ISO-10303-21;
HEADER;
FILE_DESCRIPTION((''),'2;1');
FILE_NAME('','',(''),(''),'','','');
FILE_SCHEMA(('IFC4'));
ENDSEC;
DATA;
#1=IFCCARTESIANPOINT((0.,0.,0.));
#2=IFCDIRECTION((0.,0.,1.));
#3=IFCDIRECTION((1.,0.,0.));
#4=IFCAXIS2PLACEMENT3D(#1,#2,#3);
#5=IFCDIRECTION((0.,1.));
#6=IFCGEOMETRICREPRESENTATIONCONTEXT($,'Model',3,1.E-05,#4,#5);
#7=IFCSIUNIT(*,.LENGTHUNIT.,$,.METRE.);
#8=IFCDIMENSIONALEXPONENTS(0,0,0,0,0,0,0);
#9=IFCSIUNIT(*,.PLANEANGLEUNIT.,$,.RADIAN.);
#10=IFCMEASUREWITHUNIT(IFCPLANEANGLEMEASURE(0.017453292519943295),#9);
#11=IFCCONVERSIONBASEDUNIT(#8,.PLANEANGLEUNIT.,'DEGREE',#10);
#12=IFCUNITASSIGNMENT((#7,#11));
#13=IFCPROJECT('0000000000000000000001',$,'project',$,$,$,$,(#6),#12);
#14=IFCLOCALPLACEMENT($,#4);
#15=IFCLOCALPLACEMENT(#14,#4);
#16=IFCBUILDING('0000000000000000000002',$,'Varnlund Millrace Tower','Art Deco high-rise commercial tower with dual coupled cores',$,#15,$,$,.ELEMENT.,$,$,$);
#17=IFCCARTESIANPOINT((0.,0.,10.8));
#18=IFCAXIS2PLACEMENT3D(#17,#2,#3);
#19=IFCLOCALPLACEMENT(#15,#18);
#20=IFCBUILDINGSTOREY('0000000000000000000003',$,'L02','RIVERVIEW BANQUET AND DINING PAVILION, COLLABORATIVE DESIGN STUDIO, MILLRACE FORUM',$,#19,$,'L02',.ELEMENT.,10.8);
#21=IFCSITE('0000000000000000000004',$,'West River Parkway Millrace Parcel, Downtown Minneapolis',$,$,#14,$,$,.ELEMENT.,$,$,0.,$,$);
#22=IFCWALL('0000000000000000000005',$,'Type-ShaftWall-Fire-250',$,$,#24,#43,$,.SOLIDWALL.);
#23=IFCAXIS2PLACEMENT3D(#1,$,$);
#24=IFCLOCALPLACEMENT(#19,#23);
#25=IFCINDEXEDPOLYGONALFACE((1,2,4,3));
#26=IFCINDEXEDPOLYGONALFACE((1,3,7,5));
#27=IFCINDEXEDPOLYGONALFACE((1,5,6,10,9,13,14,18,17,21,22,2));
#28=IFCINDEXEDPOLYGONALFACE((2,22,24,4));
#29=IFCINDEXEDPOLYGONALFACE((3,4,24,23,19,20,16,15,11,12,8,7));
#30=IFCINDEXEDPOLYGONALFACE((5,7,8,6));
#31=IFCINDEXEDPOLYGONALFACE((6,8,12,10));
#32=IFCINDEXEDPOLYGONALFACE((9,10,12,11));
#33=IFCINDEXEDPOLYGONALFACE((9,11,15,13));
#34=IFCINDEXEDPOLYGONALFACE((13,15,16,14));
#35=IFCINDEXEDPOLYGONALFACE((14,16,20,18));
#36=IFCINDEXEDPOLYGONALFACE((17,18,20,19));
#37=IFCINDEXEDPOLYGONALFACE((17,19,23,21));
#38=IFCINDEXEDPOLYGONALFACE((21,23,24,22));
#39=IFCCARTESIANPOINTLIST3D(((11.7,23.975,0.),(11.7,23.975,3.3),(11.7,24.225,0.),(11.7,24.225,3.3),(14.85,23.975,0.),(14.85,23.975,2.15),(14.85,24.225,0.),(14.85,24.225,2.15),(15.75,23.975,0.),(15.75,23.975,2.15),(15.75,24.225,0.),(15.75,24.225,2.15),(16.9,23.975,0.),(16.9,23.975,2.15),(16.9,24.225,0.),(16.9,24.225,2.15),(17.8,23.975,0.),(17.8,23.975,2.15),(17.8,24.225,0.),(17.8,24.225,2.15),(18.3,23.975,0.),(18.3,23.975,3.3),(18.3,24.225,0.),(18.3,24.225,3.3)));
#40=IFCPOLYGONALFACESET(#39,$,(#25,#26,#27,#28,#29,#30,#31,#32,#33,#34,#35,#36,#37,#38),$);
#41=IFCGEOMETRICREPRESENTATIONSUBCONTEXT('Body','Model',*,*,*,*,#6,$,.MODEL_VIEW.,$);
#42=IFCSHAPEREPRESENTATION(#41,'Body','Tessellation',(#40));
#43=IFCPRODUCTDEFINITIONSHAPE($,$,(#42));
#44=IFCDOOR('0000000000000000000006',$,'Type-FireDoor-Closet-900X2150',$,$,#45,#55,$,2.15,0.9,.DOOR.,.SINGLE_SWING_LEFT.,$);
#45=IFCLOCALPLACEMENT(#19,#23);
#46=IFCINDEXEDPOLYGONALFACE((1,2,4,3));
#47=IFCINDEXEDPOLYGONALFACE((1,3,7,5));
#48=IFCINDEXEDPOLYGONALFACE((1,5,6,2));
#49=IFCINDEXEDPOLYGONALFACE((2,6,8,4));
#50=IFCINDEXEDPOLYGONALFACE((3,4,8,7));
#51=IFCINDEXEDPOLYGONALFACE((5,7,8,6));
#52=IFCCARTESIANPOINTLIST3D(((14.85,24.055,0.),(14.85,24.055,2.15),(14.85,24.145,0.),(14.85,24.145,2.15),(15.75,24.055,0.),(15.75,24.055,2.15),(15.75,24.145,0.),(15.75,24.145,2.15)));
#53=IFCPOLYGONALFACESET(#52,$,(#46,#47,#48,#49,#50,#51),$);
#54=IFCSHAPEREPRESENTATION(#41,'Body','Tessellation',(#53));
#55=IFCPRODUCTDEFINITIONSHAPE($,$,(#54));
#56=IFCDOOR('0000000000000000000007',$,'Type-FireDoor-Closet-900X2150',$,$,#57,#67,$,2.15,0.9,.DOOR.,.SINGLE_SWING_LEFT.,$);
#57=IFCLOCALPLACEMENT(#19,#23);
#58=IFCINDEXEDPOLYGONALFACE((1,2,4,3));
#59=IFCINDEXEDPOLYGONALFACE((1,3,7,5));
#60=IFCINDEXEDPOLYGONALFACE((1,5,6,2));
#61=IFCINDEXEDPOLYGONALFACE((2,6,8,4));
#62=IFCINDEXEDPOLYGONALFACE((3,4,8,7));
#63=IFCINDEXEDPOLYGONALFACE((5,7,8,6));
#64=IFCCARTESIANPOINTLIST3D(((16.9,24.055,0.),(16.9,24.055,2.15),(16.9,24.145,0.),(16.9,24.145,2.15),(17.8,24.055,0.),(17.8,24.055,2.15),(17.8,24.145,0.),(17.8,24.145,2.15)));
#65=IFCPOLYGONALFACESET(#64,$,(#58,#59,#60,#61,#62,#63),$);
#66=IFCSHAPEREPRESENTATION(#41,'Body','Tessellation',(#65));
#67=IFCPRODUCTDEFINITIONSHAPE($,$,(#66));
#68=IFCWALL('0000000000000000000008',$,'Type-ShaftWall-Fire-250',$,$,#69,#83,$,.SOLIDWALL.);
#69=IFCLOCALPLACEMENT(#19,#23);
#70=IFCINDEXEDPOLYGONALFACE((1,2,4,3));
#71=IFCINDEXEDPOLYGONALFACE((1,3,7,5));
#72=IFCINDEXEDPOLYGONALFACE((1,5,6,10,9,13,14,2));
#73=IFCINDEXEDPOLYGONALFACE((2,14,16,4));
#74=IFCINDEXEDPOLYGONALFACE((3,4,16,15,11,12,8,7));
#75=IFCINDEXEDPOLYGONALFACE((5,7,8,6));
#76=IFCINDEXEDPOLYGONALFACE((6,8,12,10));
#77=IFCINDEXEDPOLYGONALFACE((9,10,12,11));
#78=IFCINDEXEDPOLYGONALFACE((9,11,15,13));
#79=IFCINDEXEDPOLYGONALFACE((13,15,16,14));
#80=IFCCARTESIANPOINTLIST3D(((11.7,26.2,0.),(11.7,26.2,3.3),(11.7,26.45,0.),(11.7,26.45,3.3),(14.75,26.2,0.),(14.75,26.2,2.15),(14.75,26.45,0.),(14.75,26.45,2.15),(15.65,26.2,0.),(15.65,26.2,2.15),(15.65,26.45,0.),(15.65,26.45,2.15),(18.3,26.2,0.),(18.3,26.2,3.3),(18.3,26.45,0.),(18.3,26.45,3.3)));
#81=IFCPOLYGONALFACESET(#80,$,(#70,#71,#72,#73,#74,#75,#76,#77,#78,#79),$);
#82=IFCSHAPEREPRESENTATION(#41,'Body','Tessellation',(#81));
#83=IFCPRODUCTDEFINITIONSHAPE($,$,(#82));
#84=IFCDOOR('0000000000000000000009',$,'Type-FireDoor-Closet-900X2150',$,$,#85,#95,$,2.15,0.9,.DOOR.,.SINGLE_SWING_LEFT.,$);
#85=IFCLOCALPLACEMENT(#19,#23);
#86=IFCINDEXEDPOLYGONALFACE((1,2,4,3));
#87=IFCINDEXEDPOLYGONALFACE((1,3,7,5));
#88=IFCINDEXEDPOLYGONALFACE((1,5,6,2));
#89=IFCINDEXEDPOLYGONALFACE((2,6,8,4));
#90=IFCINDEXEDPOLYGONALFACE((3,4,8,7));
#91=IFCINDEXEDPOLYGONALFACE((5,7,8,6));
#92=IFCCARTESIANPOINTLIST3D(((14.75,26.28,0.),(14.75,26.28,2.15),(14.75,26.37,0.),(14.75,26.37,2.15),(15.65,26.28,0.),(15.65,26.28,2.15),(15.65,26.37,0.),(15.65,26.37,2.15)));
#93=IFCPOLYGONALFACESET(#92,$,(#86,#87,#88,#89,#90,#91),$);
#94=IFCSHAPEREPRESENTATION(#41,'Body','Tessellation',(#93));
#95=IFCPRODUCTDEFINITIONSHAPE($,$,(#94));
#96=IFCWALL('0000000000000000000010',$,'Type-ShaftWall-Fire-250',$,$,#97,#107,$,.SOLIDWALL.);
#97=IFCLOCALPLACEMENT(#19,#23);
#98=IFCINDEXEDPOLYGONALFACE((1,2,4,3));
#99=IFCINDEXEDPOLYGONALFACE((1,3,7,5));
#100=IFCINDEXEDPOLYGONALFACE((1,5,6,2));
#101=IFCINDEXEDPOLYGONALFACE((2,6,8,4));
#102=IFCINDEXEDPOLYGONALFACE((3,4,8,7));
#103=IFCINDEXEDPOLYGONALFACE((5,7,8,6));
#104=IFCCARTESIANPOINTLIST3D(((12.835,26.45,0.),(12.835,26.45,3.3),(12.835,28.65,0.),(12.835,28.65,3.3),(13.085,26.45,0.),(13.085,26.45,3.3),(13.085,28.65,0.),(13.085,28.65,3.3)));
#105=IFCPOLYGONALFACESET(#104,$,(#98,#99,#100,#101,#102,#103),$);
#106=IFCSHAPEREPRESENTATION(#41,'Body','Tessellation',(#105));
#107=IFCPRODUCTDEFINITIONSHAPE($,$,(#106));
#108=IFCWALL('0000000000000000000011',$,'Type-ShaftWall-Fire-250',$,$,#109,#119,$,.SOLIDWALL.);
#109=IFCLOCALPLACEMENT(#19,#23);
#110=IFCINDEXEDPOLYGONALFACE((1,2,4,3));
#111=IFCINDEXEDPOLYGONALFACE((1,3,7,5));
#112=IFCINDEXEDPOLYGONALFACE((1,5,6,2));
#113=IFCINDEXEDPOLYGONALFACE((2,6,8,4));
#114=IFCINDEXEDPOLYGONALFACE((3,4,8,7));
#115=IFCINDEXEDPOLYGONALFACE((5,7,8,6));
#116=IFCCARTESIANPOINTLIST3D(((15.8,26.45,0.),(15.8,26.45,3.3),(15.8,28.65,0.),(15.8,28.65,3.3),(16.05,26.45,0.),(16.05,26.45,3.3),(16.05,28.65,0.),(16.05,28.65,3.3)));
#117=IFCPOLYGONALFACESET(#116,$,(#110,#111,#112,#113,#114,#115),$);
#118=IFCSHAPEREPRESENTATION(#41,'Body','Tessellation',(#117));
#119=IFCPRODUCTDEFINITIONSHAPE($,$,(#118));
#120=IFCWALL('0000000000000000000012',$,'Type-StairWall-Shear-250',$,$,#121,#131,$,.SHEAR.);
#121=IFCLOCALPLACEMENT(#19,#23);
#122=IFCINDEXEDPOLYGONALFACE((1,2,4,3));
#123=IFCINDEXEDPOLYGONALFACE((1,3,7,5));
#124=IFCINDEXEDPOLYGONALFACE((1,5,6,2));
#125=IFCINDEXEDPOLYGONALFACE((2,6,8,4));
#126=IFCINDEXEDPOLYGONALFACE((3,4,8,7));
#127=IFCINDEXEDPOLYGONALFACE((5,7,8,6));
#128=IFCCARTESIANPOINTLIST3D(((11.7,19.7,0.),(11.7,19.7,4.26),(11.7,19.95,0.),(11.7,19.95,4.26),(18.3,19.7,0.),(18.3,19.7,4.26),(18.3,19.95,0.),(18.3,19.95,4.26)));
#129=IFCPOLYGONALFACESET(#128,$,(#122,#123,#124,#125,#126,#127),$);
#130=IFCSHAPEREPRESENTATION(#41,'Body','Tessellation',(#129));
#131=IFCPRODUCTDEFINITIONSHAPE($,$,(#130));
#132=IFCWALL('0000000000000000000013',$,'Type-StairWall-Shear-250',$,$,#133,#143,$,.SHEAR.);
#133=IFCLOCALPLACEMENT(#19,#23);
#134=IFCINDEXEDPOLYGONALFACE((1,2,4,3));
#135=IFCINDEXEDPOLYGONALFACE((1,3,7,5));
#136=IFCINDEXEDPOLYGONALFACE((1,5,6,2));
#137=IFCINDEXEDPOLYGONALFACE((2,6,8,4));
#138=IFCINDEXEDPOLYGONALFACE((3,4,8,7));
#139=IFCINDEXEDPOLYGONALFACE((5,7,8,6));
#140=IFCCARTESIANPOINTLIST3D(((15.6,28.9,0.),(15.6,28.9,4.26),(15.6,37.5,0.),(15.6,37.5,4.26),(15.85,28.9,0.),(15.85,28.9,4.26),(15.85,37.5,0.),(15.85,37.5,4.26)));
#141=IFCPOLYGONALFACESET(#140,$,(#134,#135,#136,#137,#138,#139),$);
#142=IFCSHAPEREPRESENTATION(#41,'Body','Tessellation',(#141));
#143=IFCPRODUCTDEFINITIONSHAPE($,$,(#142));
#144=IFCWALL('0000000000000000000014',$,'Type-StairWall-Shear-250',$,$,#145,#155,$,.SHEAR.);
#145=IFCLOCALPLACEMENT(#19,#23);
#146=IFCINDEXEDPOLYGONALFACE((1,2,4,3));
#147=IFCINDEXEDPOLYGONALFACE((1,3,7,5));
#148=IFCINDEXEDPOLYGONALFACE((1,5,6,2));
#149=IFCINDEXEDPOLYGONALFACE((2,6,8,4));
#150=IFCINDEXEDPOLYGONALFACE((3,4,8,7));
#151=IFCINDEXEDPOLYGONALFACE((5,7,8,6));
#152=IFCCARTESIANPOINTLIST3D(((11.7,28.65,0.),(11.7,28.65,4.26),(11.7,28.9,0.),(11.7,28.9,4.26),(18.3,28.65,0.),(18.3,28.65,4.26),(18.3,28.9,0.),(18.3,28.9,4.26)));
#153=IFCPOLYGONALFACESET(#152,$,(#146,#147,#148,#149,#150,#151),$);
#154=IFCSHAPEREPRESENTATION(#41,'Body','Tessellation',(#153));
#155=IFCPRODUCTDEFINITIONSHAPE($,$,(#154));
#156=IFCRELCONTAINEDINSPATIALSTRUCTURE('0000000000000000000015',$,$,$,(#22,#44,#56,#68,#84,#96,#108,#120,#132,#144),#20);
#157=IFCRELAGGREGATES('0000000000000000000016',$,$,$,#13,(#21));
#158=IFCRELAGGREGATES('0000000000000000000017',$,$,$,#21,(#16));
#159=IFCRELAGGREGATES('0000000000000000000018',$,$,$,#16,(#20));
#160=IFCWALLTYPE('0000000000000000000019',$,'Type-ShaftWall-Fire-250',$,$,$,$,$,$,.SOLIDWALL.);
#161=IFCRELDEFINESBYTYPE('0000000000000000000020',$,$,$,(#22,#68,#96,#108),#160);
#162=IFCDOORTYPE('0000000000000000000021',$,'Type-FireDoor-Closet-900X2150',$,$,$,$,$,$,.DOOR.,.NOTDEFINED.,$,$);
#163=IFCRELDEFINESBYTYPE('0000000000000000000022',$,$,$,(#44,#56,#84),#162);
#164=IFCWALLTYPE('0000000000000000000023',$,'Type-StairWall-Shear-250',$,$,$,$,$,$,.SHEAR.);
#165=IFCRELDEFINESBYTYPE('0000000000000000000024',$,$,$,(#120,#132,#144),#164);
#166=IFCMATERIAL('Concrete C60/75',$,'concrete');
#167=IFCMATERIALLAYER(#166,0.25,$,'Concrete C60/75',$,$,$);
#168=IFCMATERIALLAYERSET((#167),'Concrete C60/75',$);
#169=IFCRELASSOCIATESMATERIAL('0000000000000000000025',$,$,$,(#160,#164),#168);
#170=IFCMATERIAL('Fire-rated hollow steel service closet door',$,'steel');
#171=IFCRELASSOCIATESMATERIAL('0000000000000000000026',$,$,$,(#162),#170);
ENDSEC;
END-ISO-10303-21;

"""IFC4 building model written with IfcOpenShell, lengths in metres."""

from ifc_helpers import new_model, entity, si_unit, converted_unit, direction, frame, origin_with_axes, origin_2d_with_axis, place, context, subcontext, project, spatial, polyline, rectangle, outline, extrude, material, layer, layer_set, type_object, element, fill, save


model = new_model("IFC4")

# Units and contexts
model_context = context("Model", 3, precision=1e-05, world=origin_with_axes(), true_north=direction((0.0, 1.0)))
body_context = subcontext(model_context, "Body", "Model", "MODEL_VIEW")
ifc_project = project(units=[si_unit("LENGTHUNIT", "METRE"), converted_unit("PLANEANGLEUNIT", "DEGREE", entity("IfcPlaneAngleMeasure", 0.017453292519943295), si_unit("PLANEANGLEUNIT", "RADIAN"), dimensions=[0, 0, 0, 0, 0, 0, 0])], contexts=[model_context])

# Site, building, storey
site_placement = place(None, origin_with_axes())
site = spatial("IfcSite", under=ifc_project, at=site_placement, Name="West River Parkway Millrace Parcel, Downtown Minneapolis", CompositionType="ELEMENT", RefElevation=0.0)
building_placement = place(site_placement, origin_with_axes())
building = spatial("IfcBuilding", under=site, at=building_placement, Name="Varnlund Millrace Tower", Description="Art Deco high-rise commercial tower with dual coupled cores", CompositionType="ELEMENT")
storey_placement = place(building_placement, frame((0.0, 0.0, 10.8), z_axis=(0.0, 0.0, 1.0), x_axis=(1.0, 0.0, 0.0)))
storey = spatial("IfcBuildingStorey", under=building, at=storey_placement, Name="L02", Description="RIVERVIEW BANQUET AND DINING PAVILION, COLLABORATIVE DESIGN STUDIO, MILLRACE FORUM", LongName="L02", CompositionType="ELEMENT", Elevation=10.8)

# Wall, openings, doors
ifc_material_1 = material(Name="Concrete C60/75", Category="concrete")
ifc_layer_1 = layer(ifc_material_1, 0.25, Name="Concrete C60/75")
ifc_layer_set_1 = layer_set([ifc_layer_1], Name="Concrete C60/75")
wall_type_1 = type_object("IfcWallType", Name="Type-ShaftWall-Fire-250", PredefinedType="SOLIDWALL", material=ifc_layer_set_1)
wall_1_placement = place(storey_placement, frame((11.7, 24.1, 0.0), z_axis=(0.0, 0.0, 1.0), x_axis=(1.0, 0.0, 0.0)))
wall_1 = element("IfcWall", 1, at=wall_1_placement, inside=storey, type_object=wall_type_1, Name="Type-ShaftWall-Fire-250", PredefinedType="SOLIDWALL", context=body_context, shape_type="SweptSolid", body=[
    extrude(outline(polyline([(0.0, -0.125), (6.6, -0.125), (6.6, 0.125), (0.0, 0.125), (0.0, -0.125)])), origin_with_axes(), (0.0, 0.0, 1.0), 3.3),
])
opening_1_placement = place(wall_1_placement, frame((3.6, 0.0, 0.0), z_axis=(0.0, 0.0, 1.0), x_axis=(1.0, 0.0, 0.0)))
opening_1 = element("IfcOpeningElement", 2, at=opening_1_placement, cuts=wall_1, PredefinedType="OPENING", context=body_context, shape_type="SweptSolid", body=[
    extrude(rectangle(XDim=0.9, YDim=0.27, at=origin_2d_with_axis()), origin_with_axes(), (0.0, 0.0, 1.0), 2.15),
])
opening_2_placement = place(wall_1_placement, frame((5.65, 0.0, 0.0), z_axis=(0.0, 0.0, 1.0), x_axis=(1.0, 0.0, 0.0)))
opening_2 = element("IfcOpeningElement", 3, at=opening_2_placement, cuts=wall_1, PredefinedType="OPENING", context=body_context, shape_type="SweptSolid", body=[
    extrude(rectangle(XDim=0.9, YDim=0.27, at=origin_2d_with_axis()), origin_with_axes(), (0.0, 0.0, 1.0), 2.15),
])
ifc_material_2 = material(Name="Fire-rated hollow steel service closet door", Category="steel")
door_type_1 = type_object("IfcDoorType", Name="Type-FireDoor-Closet-900X2150", OperationType="NOTDEFINED", PredefinedType="DOOR", material=ifc_material_2)
door_1_placement = place(wall_1_placement, frame((3.6, 0.0, 0.0), z_axis=(0.0, 0.0, 1.0), x_axis=(1.0, 0.0, 0.0)))
door_1 = element("IfcDoor", 4, at=door_1_placement, inside=storey, type_object=door_type_1, Name="Type-FireDoor-Closet-900X2150", OperationType="SINGLE_SWING_LEFT", OverallHeight=2.15, OverallWidth=0.9, PredefinedType="DOOR", context=body_context, shape_type="SweptSolid", body=[
    extrude(rectangle(XDim=0.9, YDim=0.09, at=origin_2d_with_axis()), origin_with_axes(), (0.0, 0.0, 1.0), 2.15),
])
fill(opening_1, door_1)
door_2_placement = place(wall_1_placement, frame((5.65, 0.0, 0.0), z_axis=(0.0, 0.0, 1.0), x_axis=(1.0, 0.0, 0.0)))
door_2 = element("IfcDoor", 5, at=door_2_placement, inside=storey, type_object=door_type_1, Name="Type-FireDoor-Closet-900X2150", OperationType="SINGLE_SWING_LEFT", OverallHeight=2.15, OverallWidth=0.9, PredefinedType="DOOR", context=body_context, shape_type="SweptSolid", body=[
    extrude(rectangle(XDim=0.9, YDim=0.09, at=origin_2d_with_axis()), origin_with_axes(), (0.0, 0.0, 1.0), 2.15),
])
fill(opening_2, door_2)

# Wall, opening, door
wall_2_placement = place(storey_placement, frame((11.7, 26.325, 0.0), z_axis=(0.0, 0.0, 1.0), x_axis=(1.0, 0.0, 0.0)))
wall_2 = element("IfcWall", 6, at=wall_2_placement, inside=storey, type_object=wall_type_1, Name="Type-ShaftWall-Fire-250", PredefinedType="SOLIDWALL", context=body_context, shape_type="SweptSolid", body=[
    extrude(outline(polyline([(0.0, -0.125), (6.6, -0.125), (6.6, 0.125), (0.0, 0.125), (0.0, -0.125)])), origin_with_axes(), (0.0, 0.0, 1.0), 3.3),
])
opening_3_placement = place(wall_2_placement, frame((3.5, 0.0, 0.0), z_axis=(0.0, 0.0, 1.0), x_axis=(1.0, 0.0, 0.0)))
opening_3 = element("IfcOpeningElement", 7, at=opening_3_placement, cuts=wall_2, PredefinedType="OPENING", context=body_context, shape_type="SweptSolid", body=[
    extrude(rectangle(XDim=0.9, YDim=0.27, at=origin_2d_with_axis()), origin_with_axes(), (0.0, 0.0, 1.0), 2.15),
])
door_3_placement = place(wall_2_placement, frame((3.5, 0.0, 0.0), z_axis=(0.0, 0.0, 1.0), x_axis=(1.0, 0.0, 0.0)))
door_3 = element("IfcDoor", 8, at=door_3_placement, inside=storey, type_object=door_type_1, Name="Type-FireDoor-Closet-900X2150", OperationType="SINGLE_SWING_LEFT", OverallHeight=2.15, OverallWidth=0.9, PredefinedType="DOOR", context=body_context, shape_type="SweptSolid", body=[
    extrude(rectangle(XDim=0.9, YDim=0.09, at=origin_2d_with_axis()), origin_with_axes(), (0.0, 0.0, 1.0), 2.15),
])
fill(opening_3, door_3)

# Walls
for number, where, z_axis, x_axis, name in (
    (9, (12.96, 26.45, 0.0), (0.0, 0.0, 1.0), (0.0, 1.0, 0.0), "Type-ShaftWall-Fire-250"),
    (10, (15.925, 26.45, 0.0), (0.0, 0.0, 1.0), (0.0, 1.0, 0.0), "Type-ShaftWall-Fire-250"),
):
    element("IfcWall", number, at=place(storey_placement, frame(where, z_axis=z_axis, x_axis=x_axis)), inside=storey, type_object=wall_type_1, Name=name, PredefinedType="SOLIDWALL", context=body_context, shape_type="SweptSolid", body=[
        extrude(outline(polyline([(0.0, -0.125), (2.2, -0.125), (2.2, 0.125), (0.0, 0.125), (0.0, -0.125)])), origin_with_axes(), (0.0, 0.0, 1.0), 3.3),
    ])
wall_type_2 = type_object("IfcWallType", Name="Type-StairWall-Shear-250", PredefinedType="SHEAR", material=ifc_layer_set_1)
wall_3_placement = place(storey_placement, frame((11.7, 19.825, 0.0), z_axis=(0.0, 0.0, 1.0), x_axis=(1.0, 0.0, 0.0)))
element("IfcWall", 11, at=wall_3_placement, inside=storey, type_object=wall_type_2, Name="Type-StairWall-Shear-250", PredefinedType="SHEAR", context=body_context, shape_type="SweptSolid", body=[
    extrude(outline(polyline([(0.0, -0.125), (6.6, -0.125), (6.6, 0.125), (0.0, 0.125), (0.0, -0.125)])), origin_with_axes(), (0.0, 0.0, 1.0), 4.26),
])
wall_4_placement = place(storey_placement, frame((15.725, 28.9, 0.0), z_axis=(0.0, 0.0, 1.0), x_axis=(0.0, 1.0, 0.0)))
element("IfcWall", 12, at=wall_4_placement, inside=storey, type_object=wall_type_2, Name="Type-StairWall-Shear-250", PredefinedType="SHEAR", context=body_context, shape_type="SweptSolid", body=[
    extrude(outline(polyline([(0.0, -0.125), (8.6, -0.125), (8.6, 0.125), (0.0, 0.125), (0.0, -0.125)])), origin_with_axes(), (0.0, 0.0, 1.0), 4.26),
])
wall_5_placement = place(storey_placement, frame((11.7, 28.775, 0.0), z_axis=(0.0, 0.0, 1.0), x_axis=(1.0, 0.0, 0.0)))
element("IfcWall", 13, at=wall_5_placement, inside=storey, type_object=wall_type_2, Name="Type-StairWall-Shear-250", PredefinedType="SHEAR", context=body_context, shape_type="SweptSolid", body=[
    extrude(outline(polyline([(0.0, -0.125), (6.6, -0.125), (6.6, 0.125), (0.0, 0.125), (0.0, -0.125)])), origin_with_axes(), (0.0, 0.0, 1.0), 4.26),
])

save(model, "model.ifc")
